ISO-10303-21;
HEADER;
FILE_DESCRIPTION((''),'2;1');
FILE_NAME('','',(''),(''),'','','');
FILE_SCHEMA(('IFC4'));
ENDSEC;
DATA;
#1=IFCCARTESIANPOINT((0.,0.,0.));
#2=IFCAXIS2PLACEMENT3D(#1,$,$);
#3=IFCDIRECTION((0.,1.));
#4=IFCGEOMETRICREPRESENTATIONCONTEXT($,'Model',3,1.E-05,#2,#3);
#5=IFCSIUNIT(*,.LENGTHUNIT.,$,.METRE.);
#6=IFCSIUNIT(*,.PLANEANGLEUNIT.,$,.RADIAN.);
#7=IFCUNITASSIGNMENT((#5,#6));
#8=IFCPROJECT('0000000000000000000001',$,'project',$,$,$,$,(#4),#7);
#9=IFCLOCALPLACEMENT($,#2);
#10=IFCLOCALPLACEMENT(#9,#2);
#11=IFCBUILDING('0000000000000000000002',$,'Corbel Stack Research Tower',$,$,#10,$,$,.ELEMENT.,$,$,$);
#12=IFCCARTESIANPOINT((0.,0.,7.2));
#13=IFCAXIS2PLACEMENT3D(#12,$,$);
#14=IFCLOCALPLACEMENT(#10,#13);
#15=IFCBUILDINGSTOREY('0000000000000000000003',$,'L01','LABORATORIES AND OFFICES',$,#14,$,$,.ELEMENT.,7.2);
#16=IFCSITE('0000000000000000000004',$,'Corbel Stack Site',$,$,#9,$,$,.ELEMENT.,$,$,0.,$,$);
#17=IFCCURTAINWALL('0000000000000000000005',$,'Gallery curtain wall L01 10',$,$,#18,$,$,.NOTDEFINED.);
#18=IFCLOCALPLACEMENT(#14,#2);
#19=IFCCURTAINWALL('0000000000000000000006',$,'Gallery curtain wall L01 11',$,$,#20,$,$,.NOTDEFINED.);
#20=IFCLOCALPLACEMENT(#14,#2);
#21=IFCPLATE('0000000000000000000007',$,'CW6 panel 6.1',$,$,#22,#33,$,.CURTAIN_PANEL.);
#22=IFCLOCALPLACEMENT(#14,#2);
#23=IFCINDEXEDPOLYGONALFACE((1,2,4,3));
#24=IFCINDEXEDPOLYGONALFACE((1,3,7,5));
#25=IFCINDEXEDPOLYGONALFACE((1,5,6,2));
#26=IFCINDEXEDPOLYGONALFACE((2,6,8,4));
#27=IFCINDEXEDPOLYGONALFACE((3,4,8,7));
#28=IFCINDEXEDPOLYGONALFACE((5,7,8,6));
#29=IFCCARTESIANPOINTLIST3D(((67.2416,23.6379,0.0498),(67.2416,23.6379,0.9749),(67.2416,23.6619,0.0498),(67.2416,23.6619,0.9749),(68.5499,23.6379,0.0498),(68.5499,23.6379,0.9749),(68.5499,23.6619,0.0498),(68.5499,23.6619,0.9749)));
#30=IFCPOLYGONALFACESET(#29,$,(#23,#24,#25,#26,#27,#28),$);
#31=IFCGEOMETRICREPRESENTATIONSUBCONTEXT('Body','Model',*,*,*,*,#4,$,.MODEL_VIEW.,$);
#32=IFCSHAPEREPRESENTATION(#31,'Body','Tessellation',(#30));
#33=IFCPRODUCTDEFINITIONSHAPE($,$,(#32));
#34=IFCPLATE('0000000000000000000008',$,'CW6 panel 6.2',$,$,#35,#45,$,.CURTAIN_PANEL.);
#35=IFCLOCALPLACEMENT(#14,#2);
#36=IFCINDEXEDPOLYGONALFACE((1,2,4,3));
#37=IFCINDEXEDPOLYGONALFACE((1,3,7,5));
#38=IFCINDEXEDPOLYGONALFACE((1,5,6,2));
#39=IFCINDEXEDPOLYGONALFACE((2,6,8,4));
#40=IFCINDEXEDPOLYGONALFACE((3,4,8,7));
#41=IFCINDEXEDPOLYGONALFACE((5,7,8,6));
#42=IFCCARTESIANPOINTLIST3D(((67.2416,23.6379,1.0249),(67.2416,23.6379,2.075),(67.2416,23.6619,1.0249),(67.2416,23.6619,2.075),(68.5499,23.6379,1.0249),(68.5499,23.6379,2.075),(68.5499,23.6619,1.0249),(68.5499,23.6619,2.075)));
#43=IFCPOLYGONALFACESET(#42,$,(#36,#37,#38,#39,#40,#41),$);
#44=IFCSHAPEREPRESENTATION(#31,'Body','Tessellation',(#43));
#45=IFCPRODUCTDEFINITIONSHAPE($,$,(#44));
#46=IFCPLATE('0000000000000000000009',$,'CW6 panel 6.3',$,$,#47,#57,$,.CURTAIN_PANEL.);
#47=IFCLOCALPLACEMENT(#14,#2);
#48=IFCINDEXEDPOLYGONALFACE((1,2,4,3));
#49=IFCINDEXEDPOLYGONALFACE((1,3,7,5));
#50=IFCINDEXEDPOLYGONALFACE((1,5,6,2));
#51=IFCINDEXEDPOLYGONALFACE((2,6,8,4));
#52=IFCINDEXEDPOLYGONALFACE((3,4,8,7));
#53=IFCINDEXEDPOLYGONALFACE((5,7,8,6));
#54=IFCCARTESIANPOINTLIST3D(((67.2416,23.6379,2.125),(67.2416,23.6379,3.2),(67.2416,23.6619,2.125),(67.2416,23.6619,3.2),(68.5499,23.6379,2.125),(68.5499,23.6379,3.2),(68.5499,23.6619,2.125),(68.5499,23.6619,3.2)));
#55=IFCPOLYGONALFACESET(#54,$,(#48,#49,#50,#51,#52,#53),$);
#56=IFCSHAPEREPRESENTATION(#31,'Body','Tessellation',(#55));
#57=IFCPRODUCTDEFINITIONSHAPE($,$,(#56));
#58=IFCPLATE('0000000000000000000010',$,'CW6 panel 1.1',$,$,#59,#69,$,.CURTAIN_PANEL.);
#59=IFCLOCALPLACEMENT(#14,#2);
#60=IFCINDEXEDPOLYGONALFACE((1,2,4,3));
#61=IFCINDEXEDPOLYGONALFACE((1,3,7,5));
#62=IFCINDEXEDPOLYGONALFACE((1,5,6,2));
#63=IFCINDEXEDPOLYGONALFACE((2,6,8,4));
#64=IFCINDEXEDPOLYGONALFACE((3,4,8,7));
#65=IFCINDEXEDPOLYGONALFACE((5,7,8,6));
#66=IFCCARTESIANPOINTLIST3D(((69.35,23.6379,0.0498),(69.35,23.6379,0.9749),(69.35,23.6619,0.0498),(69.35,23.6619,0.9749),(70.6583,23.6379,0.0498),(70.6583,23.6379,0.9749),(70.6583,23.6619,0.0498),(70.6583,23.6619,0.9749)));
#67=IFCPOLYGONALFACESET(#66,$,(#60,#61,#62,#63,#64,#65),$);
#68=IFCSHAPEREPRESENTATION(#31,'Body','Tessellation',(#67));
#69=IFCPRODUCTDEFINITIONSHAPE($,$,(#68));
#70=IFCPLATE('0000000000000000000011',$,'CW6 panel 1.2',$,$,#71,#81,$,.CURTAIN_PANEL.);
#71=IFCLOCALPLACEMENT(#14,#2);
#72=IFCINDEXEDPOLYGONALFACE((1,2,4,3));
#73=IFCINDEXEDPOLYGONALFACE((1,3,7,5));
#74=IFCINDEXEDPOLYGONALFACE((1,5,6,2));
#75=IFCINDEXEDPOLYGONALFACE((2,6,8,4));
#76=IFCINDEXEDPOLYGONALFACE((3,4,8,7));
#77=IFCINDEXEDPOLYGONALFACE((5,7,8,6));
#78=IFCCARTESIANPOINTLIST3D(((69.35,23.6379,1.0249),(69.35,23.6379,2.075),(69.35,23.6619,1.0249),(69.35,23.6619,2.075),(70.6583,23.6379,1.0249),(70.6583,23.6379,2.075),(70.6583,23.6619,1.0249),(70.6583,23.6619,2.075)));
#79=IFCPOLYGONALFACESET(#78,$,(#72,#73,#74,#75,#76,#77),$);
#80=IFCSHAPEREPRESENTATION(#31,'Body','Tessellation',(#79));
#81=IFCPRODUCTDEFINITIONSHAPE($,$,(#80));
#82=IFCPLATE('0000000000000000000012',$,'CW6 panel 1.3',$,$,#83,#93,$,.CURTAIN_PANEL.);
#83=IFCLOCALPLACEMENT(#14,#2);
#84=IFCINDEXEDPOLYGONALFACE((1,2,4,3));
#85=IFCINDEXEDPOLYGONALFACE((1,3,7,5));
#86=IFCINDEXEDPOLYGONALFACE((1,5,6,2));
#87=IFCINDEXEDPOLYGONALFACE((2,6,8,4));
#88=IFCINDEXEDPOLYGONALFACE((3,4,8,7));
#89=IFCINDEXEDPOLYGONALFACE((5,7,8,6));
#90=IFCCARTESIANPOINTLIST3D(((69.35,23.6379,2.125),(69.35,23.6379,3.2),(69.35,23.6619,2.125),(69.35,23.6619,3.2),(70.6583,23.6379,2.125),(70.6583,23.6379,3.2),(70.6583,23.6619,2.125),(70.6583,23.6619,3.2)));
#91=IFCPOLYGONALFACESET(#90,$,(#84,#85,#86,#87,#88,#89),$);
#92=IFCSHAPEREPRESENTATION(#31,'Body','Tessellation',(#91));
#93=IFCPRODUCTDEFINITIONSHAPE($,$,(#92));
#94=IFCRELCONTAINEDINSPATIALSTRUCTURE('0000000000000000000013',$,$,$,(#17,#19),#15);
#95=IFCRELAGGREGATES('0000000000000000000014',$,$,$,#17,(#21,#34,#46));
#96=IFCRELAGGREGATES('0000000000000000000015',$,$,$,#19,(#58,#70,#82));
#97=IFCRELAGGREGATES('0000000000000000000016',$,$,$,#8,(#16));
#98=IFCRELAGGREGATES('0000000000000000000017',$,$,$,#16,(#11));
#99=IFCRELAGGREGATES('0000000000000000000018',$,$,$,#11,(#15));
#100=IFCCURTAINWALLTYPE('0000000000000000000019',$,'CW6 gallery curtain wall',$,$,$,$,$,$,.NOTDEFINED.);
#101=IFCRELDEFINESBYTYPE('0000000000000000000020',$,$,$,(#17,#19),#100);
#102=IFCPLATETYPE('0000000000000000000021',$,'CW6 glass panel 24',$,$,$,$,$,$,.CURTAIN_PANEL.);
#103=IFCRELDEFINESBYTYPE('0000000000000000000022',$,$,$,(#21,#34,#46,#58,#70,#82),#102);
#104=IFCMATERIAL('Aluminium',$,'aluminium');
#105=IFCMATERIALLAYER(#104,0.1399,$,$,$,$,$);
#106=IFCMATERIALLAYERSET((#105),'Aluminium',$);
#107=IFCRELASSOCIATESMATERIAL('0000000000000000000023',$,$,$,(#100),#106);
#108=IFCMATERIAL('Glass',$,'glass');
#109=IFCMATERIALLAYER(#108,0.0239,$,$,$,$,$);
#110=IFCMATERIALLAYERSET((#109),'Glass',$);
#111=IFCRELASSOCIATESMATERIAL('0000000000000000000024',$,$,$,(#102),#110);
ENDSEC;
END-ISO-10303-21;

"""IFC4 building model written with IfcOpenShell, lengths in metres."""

from ifc_helpers import new_model, si_unit, direction, frame, origin, origin_2d, place, context, subcontext, project, spatial, rectangle, extrude, material, layer, layer_set, type_object, element, aggregate, save


model = new_model("IFC4")

# Units and contexts
model_context = context("Model", 3, precision=1e-05, world=origin(), true_north=direction((0.0, 1.0)))
body_context = subcontext(model_context, "Body", "Model", "MODEL_VIEW")
ifc_project = project(units=[si_unit("LENGTHUNIT", "METRE"), si_unit("PLANEANGLEUNIT", "RADIAN")], contexts=[model_context])

# Site, building, storey
site_placement = place(None, origin())
site = spatial("IfcSite", under=ifc_project, at=site_placement, Name="Corbel Stack Site", CompositionType="ELEMENT", RefElevation=0.0)
building_placement = place(site_placement, origin())
building = spatial("IfcBuilding", under=site, at=building_placement, Name="Corbel Stack Research Tower", CompositionType="ELEMENT")
storey_placement = place(building_placement, frame((0.0, 0.0, 7.2)))
storey = spatial("IfcBuildingStorey", under=building, at=storey_placement, Name="L01", Description="LABORATORIES AND OFFICES", CompositionType="ELEMENT", Elevation=7.2)

# Curtain wall
ifc_material_1 = material(Name="Aluminium", Category="aluminium")
ifc_layer_1 = layer(ifc_material_1, 0.1399)
ifc_layer_set_1 = layer_set([ifc_layer_1], Name="Aluminium")
curtain_wall_type = type_object("IfcCurtainWallType", Name="CW6 gallery curtain wall", PredefinedType="NOTDEFINED", material=ifc_layer_set_1)
curtain_wall_1_placement = place(storey_placement, origin())
curtain_wall_1 = element("IfcCurtainWall", 1, at=curtain_wall_1_placement, inside=storey, type_object=curtain_wall_type, Name="Gallery curtain wall L01 10", PredefinedType="NOTDEFINED")

# Curtain wall
curtain_wall_2_placement = place(storey_placement, origin())
curtain_wall_2 = element("IfcCurtainWall", 2, at=curtain_wall_2_placement, inside=storey, type_object=curtain_wall_type, Name="Gallery curtain wall L01 11", PredefinedType="NOTDEFINED")

# Plates
ifc_material_2 = material(Name="Glass", Category="glass")
ifc_layer_2 = layer(ifc_material_2, 0.0239)
ifc_layer_set_2 = layer_set([ifc_layer_2], Name="Glass")
plate_type = type_object("IfcPlateType", Name="CW6 glass panel 24", PredefinedType="CURTAIN_PANEL", material=ifc_layer_set_2)
plate_1_placement = place(storey_placement, frame((67.8958, 23.6499, 0.0498), z_axis=(0.0, 0.0, 1.0), x_axis=(1.0, 0.0, 0.0)))
plate_1 = element("IfcPlate", 3, at=plate_1_placement, type_object=plate_type, Name="CW6 panel 6.1", PredefinedType="CURTAIN_PANEL", context=body_context, shape_type="SweptSolid", body=[
    extrude(rectangle(XDim=1.3083, YDim=0.0239, at=origin_2d()), origin(), (0.0, 0.0, 1.0), 0.925),
])
plate_2_placement = place(storey_placement, frame((67.8958, 23.6499, 1.0249), z_axis=(0.0, 0.0, 1.0), x_axis=(1.0, 0.0, 0.0)))
plate_2 = element("IfcPlate", 4, at=plate_2_placement, type_object=plate_type, Name="CW6 panel 6.2", PredefinedType="CURTAIN_PANEL", context=body_context, shape_type="SweptSolid", body=[
    extrude(rectangle(XDim=1.3083, YDim=0.0239, at=origin_2d()), origin(), (0.0, 0.0, 1.0), 1.05),
])
plate_3_placement = place(storey_placement, frame((67.8958, 23.6499, 2.125), z_axis=(0.0, 0.0, 1.0), x_axis=(1.0, 0.0, 0.0)))
plate_3 = element("IfcPlate", 5, at=plate_3_placement, type_object=plate_type, Name="CW6 panel 6.3", PredefinedType="CURTAIN_PANEL", context=body_context, shape_type="SweptSolid", body=[
    extrude(rectangle(XDim=1.3083, YDim=0.0239, at=origin_2d()), origin(), (0.0, 0.0, 1.0), 1.075),
])
aggregate(curtain_wall_1, [plate_1, plate_2, plate_3])
plate_4_placement = place(storey_placement, frame((70.0042, 23.6499, 0.0498), z_axis=(0.0, 0.0, 1.0), x_axis=(1.0, 0.0, 0.0)))
plate_4 = element("IfcPlate", 6, at=plate_4_placement, type_object=plate_type, Name="CW6 panel 1.1", PredefinedType="CURTAIN_PANEL", context=body_context, shape_type="SweptSolid", body=[
    extrude(rectangle(XDim=1.3083, YDim=0.0239, at=origin_2d()), origin(), (0.0, 0.0, 1.0), 0.925),
])
plate_5_placement = place(storey_placement, frame((70.0042, 23.6499, 1.0249), z_axis=(0.0, 0.0, 1.0), x_axis=(1.0, 0.0, 0.0)))
plate_5 = element("IfcPlate", 7, at=plate_5_placement, type_object=plate_type, Name="CW6 panel 1.2", PredefinedType="CURTAIN_PANEL", context=body_context, shape_type="SweptSolid", body=[
    extrude(rectangle(XDim=1.3083, YDim=0.0239, at=origin_2d()), origin(), (0.0, 0.0, 1.0), 1.05),
])
plate_6_placement = place(storey_placement, frame((70.0042, 23.6499, 2.125), z_axis=(0.0, 0.0, 1.0), x_axis=(1.0, 0.0, 0.0)))
plate_6 = element("IfcPlate", 8, at=plate_6_placement, type_object=plate_type, Name="CW6 panel 1.3", PredefinedType="CURTAIN_PANEL", context=body_context, shape_type="SweptSolid", body=[
    extrude(rectangle(XDim=1.3083, YDim=0.0239, at=origin_2d()), origin(), (0.0, 0.0, 1.0), 1.075),
])
aggregate(curtain_wall_2, [plate_4, plate_5, plate_6])

save(model, "model.ifc")
